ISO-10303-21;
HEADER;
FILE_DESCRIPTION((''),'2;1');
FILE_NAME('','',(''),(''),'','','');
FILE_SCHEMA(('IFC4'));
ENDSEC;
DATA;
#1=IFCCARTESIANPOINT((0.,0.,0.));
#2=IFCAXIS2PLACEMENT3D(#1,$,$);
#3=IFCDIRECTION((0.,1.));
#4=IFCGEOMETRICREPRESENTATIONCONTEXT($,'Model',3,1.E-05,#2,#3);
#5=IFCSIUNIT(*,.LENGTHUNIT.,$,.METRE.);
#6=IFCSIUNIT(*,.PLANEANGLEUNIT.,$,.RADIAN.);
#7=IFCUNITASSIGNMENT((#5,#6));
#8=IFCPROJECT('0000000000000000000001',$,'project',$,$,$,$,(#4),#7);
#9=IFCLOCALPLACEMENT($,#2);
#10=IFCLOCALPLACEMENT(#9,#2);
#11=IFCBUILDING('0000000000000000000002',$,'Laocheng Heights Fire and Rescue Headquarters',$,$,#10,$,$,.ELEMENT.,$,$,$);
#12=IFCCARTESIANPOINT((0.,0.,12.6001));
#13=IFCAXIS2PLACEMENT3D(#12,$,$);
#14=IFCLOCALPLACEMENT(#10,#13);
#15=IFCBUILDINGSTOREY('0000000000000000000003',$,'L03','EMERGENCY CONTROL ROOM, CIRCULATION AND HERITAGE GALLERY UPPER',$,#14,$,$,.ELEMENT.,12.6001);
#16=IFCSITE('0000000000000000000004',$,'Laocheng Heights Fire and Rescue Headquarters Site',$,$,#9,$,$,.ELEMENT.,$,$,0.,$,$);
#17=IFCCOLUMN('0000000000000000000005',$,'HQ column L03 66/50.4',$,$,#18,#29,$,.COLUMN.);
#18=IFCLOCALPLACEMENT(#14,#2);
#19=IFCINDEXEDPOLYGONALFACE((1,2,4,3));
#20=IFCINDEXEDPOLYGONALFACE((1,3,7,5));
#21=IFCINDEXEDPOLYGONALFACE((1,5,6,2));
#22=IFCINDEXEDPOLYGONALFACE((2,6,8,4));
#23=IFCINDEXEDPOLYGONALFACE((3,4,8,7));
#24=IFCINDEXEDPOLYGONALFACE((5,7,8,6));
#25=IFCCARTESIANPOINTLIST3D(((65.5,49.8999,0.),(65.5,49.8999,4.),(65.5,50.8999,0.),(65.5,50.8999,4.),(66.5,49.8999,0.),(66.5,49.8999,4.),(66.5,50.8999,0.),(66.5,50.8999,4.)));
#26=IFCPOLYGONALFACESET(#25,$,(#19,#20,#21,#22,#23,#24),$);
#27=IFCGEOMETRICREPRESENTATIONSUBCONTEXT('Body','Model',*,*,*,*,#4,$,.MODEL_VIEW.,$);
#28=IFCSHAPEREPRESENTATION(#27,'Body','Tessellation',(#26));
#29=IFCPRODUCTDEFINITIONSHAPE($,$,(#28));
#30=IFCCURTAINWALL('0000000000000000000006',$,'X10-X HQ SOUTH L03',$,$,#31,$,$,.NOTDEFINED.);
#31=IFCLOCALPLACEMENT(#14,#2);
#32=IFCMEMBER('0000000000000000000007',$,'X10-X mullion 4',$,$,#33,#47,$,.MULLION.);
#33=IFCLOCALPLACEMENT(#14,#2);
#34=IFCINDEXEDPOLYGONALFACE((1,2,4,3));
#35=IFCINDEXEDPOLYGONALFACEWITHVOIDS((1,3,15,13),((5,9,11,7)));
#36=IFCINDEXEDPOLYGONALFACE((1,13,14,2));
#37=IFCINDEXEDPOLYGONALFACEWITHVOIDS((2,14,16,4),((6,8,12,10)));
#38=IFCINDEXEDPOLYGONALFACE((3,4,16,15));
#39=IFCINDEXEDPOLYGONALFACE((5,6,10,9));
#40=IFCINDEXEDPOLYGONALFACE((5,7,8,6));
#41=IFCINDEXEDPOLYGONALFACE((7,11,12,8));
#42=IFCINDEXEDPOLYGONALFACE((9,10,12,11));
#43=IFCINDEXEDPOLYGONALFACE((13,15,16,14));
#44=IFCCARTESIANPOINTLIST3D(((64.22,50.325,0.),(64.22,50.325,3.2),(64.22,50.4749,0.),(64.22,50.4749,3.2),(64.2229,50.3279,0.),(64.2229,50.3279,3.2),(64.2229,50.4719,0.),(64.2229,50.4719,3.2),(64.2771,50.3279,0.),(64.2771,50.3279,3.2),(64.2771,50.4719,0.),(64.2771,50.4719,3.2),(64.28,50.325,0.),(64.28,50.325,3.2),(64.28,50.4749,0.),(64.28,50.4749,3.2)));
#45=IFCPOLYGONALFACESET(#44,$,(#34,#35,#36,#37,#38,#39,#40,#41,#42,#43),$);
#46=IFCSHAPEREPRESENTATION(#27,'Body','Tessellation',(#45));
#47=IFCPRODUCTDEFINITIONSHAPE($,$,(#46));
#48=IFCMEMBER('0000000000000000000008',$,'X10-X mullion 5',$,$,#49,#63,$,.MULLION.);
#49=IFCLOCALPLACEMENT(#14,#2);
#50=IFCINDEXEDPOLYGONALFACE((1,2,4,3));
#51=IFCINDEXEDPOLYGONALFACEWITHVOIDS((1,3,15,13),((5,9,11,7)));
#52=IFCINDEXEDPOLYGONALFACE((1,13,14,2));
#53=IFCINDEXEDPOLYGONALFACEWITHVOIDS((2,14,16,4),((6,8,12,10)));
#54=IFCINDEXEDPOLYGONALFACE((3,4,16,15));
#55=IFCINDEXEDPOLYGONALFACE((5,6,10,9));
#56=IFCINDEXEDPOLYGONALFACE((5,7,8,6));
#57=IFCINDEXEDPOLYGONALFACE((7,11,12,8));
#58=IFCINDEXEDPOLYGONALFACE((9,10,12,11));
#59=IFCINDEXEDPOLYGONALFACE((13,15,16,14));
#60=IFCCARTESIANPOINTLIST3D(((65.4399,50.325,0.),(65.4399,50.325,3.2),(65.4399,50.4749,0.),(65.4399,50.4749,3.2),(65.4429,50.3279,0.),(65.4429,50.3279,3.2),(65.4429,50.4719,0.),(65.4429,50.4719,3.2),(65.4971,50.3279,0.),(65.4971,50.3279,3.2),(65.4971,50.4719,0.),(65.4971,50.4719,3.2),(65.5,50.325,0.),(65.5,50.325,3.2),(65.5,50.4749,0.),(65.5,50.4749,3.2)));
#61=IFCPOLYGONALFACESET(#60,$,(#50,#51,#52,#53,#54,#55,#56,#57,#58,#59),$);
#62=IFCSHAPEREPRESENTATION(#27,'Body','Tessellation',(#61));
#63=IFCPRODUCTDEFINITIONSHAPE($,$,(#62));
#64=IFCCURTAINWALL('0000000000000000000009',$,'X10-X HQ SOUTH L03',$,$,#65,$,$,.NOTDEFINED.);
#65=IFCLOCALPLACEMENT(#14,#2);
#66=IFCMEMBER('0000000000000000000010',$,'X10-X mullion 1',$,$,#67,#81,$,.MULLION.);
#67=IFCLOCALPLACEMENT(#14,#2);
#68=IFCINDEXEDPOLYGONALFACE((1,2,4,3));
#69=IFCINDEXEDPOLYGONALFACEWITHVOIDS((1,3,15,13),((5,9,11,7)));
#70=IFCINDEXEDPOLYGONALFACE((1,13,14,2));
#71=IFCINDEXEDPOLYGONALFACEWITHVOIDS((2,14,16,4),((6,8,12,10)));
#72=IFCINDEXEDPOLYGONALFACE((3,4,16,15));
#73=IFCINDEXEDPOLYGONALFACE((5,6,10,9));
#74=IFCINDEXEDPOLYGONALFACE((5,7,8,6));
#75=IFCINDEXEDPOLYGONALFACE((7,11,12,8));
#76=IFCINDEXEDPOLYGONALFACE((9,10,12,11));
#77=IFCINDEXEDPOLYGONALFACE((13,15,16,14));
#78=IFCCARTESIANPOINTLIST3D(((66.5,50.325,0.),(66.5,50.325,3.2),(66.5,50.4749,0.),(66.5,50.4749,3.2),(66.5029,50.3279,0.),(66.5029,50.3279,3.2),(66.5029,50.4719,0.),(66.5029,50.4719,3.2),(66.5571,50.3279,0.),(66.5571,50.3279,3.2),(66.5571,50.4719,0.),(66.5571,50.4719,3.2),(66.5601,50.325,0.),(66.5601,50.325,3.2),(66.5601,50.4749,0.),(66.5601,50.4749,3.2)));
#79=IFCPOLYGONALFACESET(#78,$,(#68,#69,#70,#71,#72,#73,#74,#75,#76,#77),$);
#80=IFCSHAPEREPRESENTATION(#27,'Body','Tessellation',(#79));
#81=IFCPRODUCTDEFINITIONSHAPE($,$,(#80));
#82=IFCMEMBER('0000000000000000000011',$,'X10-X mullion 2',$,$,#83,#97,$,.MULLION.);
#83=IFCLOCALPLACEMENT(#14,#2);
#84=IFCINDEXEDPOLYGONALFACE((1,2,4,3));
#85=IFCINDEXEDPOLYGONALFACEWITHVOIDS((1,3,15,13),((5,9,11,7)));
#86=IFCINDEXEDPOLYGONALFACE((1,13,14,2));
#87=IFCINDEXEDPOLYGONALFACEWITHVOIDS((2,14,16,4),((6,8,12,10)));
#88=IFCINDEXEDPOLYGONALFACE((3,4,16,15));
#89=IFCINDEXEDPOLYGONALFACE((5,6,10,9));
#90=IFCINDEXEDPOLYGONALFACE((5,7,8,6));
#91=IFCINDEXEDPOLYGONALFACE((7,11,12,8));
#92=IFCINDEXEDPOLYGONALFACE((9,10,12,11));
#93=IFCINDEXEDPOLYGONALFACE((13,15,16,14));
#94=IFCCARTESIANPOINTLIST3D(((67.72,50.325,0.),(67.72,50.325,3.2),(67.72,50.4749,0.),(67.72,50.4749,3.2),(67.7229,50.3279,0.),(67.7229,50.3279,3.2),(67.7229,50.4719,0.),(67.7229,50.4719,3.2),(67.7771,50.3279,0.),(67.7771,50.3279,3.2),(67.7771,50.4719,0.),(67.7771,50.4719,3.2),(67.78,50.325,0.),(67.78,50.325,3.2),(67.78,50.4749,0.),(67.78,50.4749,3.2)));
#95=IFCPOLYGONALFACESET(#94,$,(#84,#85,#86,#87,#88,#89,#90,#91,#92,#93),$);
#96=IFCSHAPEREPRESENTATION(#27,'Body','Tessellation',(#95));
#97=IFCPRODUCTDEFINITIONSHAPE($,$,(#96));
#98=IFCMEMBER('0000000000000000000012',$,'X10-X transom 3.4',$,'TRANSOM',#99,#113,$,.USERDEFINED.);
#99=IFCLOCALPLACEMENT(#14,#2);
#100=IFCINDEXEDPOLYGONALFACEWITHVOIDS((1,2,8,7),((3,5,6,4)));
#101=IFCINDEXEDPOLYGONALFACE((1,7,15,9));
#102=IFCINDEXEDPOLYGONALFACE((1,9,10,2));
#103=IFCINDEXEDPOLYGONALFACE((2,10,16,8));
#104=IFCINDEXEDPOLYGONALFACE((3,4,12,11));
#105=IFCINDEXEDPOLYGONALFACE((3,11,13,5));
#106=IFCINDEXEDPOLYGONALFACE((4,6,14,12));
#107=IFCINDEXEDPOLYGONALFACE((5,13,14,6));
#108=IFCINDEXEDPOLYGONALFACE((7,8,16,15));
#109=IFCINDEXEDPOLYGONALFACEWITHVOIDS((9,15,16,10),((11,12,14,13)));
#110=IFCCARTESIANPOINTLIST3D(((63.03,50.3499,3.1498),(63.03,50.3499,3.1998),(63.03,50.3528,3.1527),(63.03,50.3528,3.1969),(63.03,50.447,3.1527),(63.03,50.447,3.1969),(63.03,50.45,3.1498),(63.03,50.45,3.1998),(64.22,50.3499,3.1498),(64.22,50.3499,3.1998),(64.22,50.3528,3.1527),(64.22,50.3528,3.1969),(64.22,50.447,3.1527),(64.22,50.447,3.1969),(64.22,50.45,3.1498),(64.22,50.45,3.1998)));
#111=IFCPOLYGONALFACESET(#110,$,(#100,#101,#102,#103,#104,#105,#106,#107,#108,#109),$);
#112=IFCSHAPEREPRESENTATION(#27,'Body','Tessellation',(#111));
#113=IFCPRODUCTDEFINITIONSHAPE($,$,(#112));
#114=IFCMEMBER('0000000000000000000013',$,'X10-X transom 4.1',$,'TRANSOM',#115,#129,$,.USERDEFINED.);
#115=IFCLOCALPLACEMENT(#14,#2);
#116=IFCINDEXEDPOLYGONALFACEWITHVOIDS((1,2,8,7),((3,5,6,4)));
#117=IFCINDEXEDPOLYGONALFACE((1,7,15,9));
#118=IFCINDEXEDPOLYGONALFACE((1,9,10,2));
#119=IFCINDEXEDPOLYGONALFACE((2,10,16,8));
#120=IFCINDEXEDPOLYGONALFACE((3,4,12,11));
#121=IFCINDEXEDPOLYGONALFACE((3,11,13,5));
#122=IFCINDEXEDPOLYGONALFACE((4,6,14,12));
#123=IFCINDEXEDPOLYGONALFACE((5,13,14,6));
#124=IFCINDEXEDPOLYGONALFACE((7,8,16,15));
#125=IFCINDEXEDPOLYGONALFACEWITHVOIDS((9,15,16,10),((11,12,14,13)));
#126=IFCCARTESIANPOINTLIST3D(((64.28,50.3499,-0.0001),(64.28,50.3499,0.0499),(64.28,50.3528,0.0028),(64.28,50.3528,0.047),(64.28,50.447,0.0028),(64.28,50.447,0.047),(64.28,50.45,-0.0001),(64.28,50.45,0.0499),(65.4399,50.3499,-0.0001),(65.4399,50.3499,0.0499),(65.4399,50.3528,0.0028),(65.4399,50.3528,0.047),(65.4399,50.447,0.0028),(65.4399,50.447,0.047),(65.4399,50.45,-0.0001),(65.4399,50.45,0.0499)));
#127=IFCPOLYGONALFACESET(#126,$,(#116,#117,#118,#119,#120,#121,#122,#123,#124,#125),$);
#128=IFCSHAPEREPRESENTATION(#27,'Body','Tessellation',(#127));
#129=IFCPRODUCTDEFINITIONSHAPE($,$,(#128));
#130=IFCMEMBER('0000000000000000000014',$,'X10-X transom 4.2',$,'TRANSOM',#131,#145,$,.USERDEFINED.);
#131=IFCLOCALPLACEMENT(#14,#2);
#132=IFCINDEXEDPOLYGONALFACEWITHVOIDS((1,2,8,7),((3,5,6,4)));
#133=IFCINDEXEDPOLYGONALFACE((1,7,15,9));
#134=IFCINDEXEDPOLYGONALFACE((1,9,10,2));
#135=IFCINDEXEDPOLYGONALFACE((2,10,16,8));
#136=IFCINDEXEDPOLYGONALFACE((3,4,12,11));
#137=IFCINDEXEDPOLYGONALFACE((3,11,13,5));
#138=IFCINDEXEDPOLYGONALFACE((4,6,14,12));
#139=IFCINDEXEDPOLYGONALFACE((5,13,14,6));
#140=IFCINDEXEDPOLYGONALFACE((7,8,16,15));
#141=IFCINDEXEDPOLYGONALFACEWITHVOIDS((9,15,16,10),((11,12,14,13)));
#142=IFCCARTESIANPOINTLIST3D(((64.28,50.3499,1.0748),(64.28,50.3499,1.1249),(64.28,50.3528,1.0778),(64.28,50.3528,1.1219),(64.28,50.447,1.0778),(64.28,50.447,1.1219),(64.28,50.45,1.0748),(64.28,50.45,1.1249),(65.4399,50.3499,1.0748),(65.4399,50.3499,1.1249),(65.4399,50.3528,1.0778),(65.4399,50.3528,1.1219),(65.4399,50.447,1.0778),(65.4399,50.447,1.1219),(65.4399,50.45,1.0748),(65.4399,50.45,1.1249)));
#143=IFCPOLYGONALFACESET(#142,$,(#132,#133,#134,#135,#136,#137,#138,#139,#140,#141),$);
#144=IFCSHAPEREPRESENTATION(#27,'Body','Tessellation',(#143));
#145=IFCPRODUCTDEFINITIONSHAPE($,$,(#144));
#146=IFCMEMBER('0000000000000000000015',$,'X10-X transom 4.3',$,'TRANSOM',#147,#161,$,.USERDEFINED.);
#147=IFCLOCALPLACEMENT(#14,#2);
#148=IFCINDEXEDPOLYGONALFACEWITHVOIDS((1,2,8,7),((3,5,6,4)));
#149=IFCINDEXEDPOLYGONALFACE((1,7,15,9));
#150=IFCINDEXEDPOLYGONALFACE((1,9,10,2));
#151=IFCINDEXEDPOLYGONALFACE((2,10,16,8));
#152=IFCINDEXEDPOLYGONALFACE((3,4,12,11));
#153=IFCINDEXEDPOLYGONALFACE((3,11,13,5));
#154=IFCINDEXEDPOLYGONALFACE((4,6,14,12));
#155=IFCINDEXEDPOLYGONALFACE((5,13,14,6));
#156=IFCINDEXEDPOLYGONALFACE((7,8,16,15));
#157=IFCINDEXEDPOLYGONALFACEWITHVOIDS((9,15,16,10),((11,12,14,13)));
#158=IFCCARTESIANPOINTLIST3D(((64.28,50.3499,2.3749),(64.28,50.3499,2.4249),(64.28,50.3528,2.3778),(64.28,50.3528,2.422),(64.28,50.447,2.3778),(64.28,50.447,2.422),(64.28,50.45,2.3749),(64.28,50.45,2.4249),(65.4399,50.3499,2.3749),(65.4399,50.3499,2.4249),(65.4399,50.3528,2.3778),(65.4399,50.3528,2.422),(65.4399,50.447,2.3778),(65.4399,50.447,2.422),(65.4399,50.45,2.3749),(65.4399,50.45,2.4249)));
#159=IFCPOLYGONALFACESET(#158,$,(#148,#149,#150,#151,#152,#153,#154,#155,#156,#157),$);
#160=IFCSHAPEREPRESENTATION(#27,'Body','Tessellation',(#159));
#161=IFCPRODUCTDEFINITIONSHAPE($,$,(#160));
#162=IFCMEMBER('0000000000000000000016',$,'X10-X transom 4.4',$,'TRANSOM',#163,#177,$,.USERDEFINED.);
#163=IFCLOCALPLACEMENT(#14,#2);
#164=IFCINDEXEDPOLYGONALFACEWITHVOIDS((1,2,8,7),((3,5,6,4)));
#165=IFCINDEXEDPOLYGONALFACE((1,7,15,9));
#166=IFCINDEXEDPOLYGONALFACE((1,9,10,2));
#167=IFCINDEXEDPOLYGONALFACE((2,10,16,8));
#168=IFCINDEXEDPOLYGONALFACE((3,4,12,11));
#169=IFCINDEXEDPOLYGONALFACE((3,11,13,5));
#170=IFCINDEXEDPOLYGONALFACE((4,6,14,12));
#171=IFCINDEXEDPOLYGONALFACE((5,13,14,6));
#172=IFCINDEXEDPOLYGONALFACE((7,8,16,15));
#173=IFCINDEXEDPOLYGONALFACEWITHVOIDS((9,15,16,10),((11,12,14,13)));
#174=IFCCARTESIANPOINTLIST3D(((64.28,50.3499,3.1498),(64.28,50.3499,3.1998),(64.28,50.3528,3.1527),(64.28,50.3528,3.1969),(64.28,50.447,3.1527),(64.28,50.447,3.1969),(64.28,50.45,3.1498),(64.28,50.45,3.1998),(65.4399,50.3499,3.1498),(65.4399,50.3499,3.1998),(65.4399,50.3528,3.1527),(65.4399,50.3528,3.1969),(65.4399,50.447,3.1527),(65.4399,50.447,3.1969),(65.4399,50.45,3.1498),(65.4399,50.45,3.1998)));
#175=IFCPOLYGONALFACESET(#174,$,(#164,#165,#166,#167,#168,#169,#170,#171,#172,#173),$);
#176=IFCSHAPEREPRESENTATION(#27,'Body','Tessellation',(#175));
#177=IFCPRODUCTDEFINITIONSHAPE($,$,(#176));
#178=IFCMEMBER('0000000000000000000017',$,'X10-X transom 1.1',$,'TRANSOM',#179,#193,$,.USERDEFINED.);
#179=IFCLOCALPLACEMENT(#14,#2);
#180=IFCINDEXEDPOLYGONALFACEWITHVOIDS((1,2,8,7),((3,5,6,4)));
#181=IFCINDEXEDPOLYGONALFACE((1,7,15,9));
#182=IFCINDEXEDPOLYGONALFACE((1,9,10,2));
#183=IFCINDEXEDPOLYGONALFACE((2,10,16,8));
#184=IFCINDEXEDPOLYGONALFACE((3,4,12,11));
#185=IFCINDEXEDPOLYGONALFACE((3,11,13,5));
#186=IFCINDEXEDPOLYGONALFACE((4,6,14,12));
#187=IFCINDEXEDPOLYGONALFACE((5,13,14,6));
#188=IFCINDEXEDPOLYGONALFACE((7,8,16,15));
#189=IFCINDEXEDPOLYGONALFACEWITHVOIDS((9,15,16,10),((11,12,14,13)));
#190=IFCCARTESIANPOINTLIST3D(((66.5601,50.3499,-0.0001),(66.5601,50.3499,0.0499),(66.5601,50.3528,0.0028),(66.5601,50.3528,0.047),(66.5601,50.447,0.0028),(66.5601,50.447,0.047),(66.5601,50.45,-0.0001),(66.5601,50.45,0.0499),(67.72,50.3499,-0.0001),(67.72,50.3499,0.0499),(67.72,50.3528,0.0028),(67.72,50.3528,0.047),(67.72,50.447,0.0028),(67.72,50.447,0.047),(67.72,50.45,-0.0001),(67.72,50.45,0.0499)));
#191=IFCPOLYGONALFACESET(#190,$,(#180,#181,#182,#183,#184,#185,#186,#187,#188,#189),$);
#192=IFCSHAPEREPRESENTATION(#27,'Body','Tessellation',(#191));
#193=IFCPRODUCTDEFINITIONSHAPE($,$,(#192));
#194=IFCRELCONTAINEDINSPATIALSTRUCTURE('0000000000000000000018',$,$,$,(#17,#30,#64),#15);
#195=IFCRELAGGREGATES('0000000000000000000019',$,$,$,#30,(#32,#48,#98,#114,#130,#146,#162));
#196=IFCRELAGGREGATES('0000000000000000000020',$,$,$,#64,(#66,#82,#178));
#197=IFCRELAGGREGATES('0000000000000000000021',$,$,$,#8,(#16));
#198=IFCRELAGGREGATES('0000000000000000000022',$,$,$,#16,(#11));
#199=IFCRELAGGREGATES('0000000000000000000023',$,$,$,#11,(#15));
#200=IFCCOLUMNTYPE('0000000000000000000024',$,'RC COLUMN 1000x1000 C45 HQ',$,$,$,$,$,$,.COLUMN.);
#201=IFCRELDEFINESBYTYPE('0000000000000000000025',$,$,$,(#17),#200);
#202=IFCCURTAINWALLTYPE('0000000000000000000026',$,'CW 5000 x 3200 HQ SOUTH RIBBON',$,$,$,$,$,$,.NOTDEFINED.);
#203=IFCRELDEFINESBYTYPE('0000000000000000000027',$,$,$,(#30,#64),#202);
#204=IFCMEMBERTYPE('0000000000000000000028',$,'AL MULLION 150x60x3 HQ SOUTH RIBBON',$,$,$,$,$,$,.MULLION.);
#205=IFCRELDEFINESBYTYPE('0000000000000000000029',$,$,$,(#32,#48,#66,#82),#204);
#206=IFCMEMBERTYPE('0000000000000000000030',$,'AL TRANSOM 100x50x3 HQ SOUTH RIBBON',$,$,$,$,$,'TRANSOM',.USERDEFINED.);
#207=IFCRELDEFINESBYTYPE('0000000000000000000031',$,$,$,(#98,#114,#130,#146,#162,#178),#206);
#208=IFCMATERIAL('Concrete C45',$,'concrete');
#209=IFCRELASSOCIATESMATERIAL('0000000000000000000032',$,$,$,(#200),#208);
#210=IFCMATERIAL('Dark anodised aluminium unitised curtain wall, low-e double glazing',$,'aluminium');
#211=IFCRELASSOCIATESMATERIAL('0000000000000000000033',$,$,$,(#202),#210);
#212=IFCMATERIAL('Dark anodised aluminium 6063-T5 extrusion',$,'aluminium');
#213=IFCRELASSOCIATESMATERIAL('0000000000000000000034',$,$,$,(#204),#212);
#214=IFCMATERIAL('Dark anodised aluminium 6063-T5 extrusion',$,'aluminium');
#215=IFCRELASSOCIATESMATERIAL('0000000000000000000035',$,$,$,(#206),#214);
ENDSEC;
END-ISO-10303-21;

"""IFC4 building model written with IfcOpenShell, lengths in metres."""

from ifc_helpers import new_model, si_unit, direction, frame, origin, origin_2d, place, context, subcontext, project, spatial, rectangle, hollow_rectangle, extrude, material, material_profile, profile_set, type_object, element, aggregate, save


model = new_model("IFC4")

# Units and contexts
model_context = context("Model", 3, precision=1e-05, world=origin(), true_north=direction((0.0, 1.0)))
body_context = subcontext(model_context, "Body", "Model", "MODEL_VIEW")
ifc_project = project(units=[si_unit("LENGTHUNIT", "METRE"), si_unit("PLANEANGLEUNIT", "RADIAN")], contexts=[model_context])

# Site, building, storey
site_placement = place(None, origin())
site = spatial("IfcSite", under=ifc_project, at=site_placement, Name="Laocheng Heights Fire and Rescue Headquarters Site", CompositionType="ELEMENT", RefElevation=0.0)
building_placement = place(site_placement, origin())
building = spatial("IfcBuilding", under=site, at=building_placement, Name="Laocheng Heights Fire and Rescue Headquarters", CompositionType="ELEMENT")
storey_placement = place(building_placement, frame((0.0, 0.0, 12.6001)))
storey = spatial("IfcBuildingStorey", under=building, at=storey_placement, Name="L03", Description="EMERGENCY CONTROL ROOM, CIRCULATION AND HERITAGE GALLERY UPPER", CompositionType="ELEMENT", Elevation=12.6001)

# Column
ifc_material_1 = material(Name="Concrete C45", Category="concrete")
ifc_material_profile_1 = material_profile(ifc_material_1, rectangle(XDim=1.0, YDim=1.0, at=origin_2d()), Name="RC COLUMN 1000x1000 C45 HQ")
ifc_profile_set_1 = profile_set([ifc_material_profile_1], Name="Concrete C45")
column_type = type_object("IfcColumnType", Name="RC COLUMN 1000x1000 C45 HQ", PredefinedType="COLUMN", material=ifc_profile_set_1)
column_placement = place(storey_placement, frame((66.0, 50.3999, 0.0), z_axis=(0.0, 0.0, 1.0), x_axis=(1.0, 0.0, 0.0)))
element("IfcColumn", 1, at=column_placement, inside=storey, type_object=column_type, Name="HQ column L03 66/50.4", PredefinedType="COLUMN", context=body_context, shape_type="SweptSolid", body=[
    extrude(rectangle(XDim=1.0, YDim=1.0, at=origin_2d()), origin(), (0.0, 0.0, 1.0), 4.0),
])

# Curtain walls, members
ifc_material_2 = material(Name="Dark anodised aluminium unitised curtain wall, low-e double glazing", Category="aluminium")
curtain_wall_type = type_object("IfcCurtainWallType", Name="CW 5000 x 3200 HQ SOUTH RIBBON", PredefinedType="NOTDEFINED", material=ifc_material_2)
curtain_wall_1_placement = place(storey_placement, origin())
curtain_wall_1 = element("IfcCurtainWall", 2, at=curtain_wall_1_placement, inside=storey, type_object=curtain_wall_type, Name="X10-X HQ SOUTH L03", PredefinedType="NOTDEFINED")
ifc_material_3 = material(Name="Dark anodised aluminium 6063-T5 extrusion", Category="aluminium")
ifc_material_profile_2 = material_profile(ifc_material_3, hollow_rectangle(XDim=0.1499, YDim=0.0601, WallThickness=0.0029, at=origin_2d()), Name="AL MULLION 150x60x3 HQ SOUTH RIBBON")
ifc_profile_set_2 = profile_set([ifc_material_profile_2], Name="Dark anodised aluminium 6063-T5 extrusion")
member_type_1 = type_object("IfcMemberType", Name="AL MULLION 150x60x3 HQ SOUTH RIBBON", PredefinedType="MULLION", material=ifc_profile_set_2)
member_1_placement = place(storey_placement, frame((64.25, 50.3999, 0.0), z_axis=(0.0, 0.0, 1.0), x_axis=(0.0, 1.0, 0.0)))
member_1 = element("IfcMember", 3, at=member_1_placement, type_object=member_type_1, Name="X10-X mullion 4", PredefinedType="MULLION", context=body_context, shape_type="SweptSolid", body=[
    extrude(hollow_rectangle(XDim=0.1499, YDim=0.0601, WallThickness=0.0029, at=origin_2d()), origin(), (0.0, 0.0, 1.0), 3.2),
])
member_2_placement = place(storey_placement, frame((65.47, 50.3999, 0.0), z_axis=(0.0, 0.0, 1.0), x_axis=(0.0, 1.0, 0.0)))
member_2 = element("IfcMember", 4, at=member_2_placement, type_object=member_type_1, Name="X10-X mullion 5", PredefinedType="MULLION", context=body_context, shape_type="SweptSolid", body=[
    extrude(hollow_rectangle(XDim=0.1499, YDim=0.0601, WallThickness=0.0029, at=origin_2d()), origin(), (0.0, 0.0, 1.0), 3.2),
])
curtain_wall_2_placement = place(storey_placement, origin())
curtain_wall_2 = element("IfcCurtainWall", 5, at=curtain_wall_2_placement, inside=storey, type_object=curtain_wall_type, Name="X10-X HQ SOUTH L03", PredefinedType="NOTDEFINED")
member_3_placement = place(storey_placement, frame((66.53, 50.3999, 0.0), z_axis=(0.0, 0.0, 1.0), x_axis=(0.0, 1.0, 0.0)))
member_3 = element("IfcMember", 6, at=member_3_placement, type_object=member_type_1, Name="X10-X mullion 1", PredefinedType="MULLION", context=body_context, shape_type="SweptSolid", body=[
    extrude(hollow_rectangle(XDim=0.1499, YDim=0.0601, WallThickness=0.0029, at=origin_2d()), origin(), (0.0, 0.0, 1.0), 3.2),
])
member_4_placement = place(storey_placement, frame((67.75, 50.3999, 0.0), z_axis=(0.0, 0.0, 1.0), x_axis=(0.0, 1.0, 0.0)))
member_4 = element("IfcMember", 7, at=member_4_placement, type_object=member_type_1, Name="X10-X mullion 2", PredefinedType="MULLION", context=body_context, shape_type="SweptSolid", body=[
    extrude(hollow_rectangle(XDim=0.1499, YDim=0.0601, WallThickness=0.0029, at=origin_2d()), origin(), (0.0, 0.0, 1.0), 3.2),
])

# Members
ifc_material_4 = material(Name="Dark anodised aluminium 6063-T5 extrusion", Category="aluminium")
ifc_material_profile_3 = material_profile(ifc_material_4, hollow_rectangle(XDim=0.1001, YDim=0.05, WallThickness=0.0029, at=origin_2d()), Name="AL TRANSOM 100x50x3 HQ SOUTH RIBBON")
ifc_profile_set_3 = profile_set([ifc_material_profile_3], Name="Dark anodised aluminium 6063-T5 extrusion")
member_type_2 = type_object("IfcMemberType", Name="AL TRANSOM 100x50x3 HQ SOUTH RIBBON", ElementType="TRANSOM", PredefinedType="USERDEFINED", material=ifc_profile_set_3)
member_5_placement = place(storey_placement, frame((63.03, 50.3999, 3.1748), z_axis=(1.0, 0.0, 0.0), x_axis=(0.0, 1.0, 0.0)))
member_5 = element("IfcMember", 8, at=member_5_placement, type_object=member_type_2, Name="X10-X transom 3.4", ObjectType="TRANSOM", PredefinedType="USERDEFINED", context=body_context, shape_type="SweptSolid", body=[
    extrude(hollow_rectangle(XDim=0.1001, YDim=0.05, WallThickness=0.0029, at=origin_2d()), origin(), (0.0, 0.0, 1.0), 1.1899),
])
member_6_placement = place(storey_placement, frame((64.28, 50.3999, 0.0249), z_axis=(1.0, 0.0, 0.0), x_axis=(0.0, 1.0, 0.0)))
member_6 = element("IfcMember", 9, at=member_6_placement, type_object=member_type_2, Name="X10-X transom 4.1", ObjectType="TRANSOM", PredefinedType="USERDEFINED", context=body_context, shape_type="SweptSolid", body=[
    extrude(hollow_rectangle(XDim=0.1001, YDim=0.05, WallThickness=0.0029, at=origin_2d()), origin(), (0.0, 0.0, 1.0), 1.1599),
])
member_7_placement = place(storey_placement, frame((64.28, 50.3999, 1.0999), z_axis=(1.0, 0.0, 0.0), x_axis=(0.0, 1.0, 0.0)))
member_7 = element("IfcMember", 10, at=member_7_placement, type_object=member_type_2, Name="X10-X transom 4.2", ObjectType="TRANSOM", PredefinedType="USERDEFINED", context=body_context, shape_type="SweptSolid", body=[
    extrude(hollow_rectangle(XDim=0.1001, YDim=0.05, WallThickness=0.0029, at=origin_2d()), origin(), (0.0, 0.0, 1.0), 1.1599),
])
member_8_placement = place(storey_placement, frame((64.28, 50.3999, 2.3999), z_axis=(1.0, 0.0, 0.0), x_axis=(0.0, 1.0, 0.0)))
member_8 = element("IfcMember", 11, at=member_8_placement, type_object=member_type_2, Name="X10-X transom 4.3", ObjectType="TRANSOM", PredefinedType="USERDEFINED", context=body_context, shape_type="SweptSolid", body=[
    extrude(hollow_rectangle(XDim=0.1001, YDim=0.05, WallThickness=0.0029, at=origin_2d()), origin(), (0.0, 0.0, 1.0), 1.1599),
])
member_9_placement = place(storey_placement, frame((64.28, 50.3999, 3.1748), z_axis=(1.0, 0.0, 0.0), x_axis=(0.0, 1.0, 0.0)))
member_9 = element("IfcMember", 12, at=member_9_placement, type_object=member_type_2, Name="X10-X transom 4.4", ObjectType="TRANSOM", PredefinedType="USERDEFINED", context=body_context, shape_type="SweptSolid", body=[
    extrude(hollow_rectangle(XDim=0.1001, YDim=0.05, WallThickness=0.0029, at=origin_2d()), origin(), (0.0, 0.0, 1.0), 1.1599),
])
member_10_placement = place(storey_placement, frame((66.5601, 50.3999, 0.0249), z_axis=(1.0, 0.0, 0.0), x_axis=(0.0, 1.0, 0.0)))
member_10 = element("IfcMember", 13, at=member_10_placement, type_object=member_type_2, Name="X10-X transom 1.1", ObjectType="TRANSOM", PredefinedType="USERDEFINED", context=body_context, shape_type="SweptSolid", body=[
    extrude(hollow_rectangle(XDim=0.1001, YDim=0.05, WallThickness=0.0029, at=origin_2d()), origin(), (0.0, 0.0, 1.0), 1.1599),
])

aggregate(curtain_wall_1, [member_1, member_2, member_5, member_6, member_7, member_8, member_9])
aggregate(curtain_wall_2, [member_3, member_4, member_10])

save(model, "model.ifc")
